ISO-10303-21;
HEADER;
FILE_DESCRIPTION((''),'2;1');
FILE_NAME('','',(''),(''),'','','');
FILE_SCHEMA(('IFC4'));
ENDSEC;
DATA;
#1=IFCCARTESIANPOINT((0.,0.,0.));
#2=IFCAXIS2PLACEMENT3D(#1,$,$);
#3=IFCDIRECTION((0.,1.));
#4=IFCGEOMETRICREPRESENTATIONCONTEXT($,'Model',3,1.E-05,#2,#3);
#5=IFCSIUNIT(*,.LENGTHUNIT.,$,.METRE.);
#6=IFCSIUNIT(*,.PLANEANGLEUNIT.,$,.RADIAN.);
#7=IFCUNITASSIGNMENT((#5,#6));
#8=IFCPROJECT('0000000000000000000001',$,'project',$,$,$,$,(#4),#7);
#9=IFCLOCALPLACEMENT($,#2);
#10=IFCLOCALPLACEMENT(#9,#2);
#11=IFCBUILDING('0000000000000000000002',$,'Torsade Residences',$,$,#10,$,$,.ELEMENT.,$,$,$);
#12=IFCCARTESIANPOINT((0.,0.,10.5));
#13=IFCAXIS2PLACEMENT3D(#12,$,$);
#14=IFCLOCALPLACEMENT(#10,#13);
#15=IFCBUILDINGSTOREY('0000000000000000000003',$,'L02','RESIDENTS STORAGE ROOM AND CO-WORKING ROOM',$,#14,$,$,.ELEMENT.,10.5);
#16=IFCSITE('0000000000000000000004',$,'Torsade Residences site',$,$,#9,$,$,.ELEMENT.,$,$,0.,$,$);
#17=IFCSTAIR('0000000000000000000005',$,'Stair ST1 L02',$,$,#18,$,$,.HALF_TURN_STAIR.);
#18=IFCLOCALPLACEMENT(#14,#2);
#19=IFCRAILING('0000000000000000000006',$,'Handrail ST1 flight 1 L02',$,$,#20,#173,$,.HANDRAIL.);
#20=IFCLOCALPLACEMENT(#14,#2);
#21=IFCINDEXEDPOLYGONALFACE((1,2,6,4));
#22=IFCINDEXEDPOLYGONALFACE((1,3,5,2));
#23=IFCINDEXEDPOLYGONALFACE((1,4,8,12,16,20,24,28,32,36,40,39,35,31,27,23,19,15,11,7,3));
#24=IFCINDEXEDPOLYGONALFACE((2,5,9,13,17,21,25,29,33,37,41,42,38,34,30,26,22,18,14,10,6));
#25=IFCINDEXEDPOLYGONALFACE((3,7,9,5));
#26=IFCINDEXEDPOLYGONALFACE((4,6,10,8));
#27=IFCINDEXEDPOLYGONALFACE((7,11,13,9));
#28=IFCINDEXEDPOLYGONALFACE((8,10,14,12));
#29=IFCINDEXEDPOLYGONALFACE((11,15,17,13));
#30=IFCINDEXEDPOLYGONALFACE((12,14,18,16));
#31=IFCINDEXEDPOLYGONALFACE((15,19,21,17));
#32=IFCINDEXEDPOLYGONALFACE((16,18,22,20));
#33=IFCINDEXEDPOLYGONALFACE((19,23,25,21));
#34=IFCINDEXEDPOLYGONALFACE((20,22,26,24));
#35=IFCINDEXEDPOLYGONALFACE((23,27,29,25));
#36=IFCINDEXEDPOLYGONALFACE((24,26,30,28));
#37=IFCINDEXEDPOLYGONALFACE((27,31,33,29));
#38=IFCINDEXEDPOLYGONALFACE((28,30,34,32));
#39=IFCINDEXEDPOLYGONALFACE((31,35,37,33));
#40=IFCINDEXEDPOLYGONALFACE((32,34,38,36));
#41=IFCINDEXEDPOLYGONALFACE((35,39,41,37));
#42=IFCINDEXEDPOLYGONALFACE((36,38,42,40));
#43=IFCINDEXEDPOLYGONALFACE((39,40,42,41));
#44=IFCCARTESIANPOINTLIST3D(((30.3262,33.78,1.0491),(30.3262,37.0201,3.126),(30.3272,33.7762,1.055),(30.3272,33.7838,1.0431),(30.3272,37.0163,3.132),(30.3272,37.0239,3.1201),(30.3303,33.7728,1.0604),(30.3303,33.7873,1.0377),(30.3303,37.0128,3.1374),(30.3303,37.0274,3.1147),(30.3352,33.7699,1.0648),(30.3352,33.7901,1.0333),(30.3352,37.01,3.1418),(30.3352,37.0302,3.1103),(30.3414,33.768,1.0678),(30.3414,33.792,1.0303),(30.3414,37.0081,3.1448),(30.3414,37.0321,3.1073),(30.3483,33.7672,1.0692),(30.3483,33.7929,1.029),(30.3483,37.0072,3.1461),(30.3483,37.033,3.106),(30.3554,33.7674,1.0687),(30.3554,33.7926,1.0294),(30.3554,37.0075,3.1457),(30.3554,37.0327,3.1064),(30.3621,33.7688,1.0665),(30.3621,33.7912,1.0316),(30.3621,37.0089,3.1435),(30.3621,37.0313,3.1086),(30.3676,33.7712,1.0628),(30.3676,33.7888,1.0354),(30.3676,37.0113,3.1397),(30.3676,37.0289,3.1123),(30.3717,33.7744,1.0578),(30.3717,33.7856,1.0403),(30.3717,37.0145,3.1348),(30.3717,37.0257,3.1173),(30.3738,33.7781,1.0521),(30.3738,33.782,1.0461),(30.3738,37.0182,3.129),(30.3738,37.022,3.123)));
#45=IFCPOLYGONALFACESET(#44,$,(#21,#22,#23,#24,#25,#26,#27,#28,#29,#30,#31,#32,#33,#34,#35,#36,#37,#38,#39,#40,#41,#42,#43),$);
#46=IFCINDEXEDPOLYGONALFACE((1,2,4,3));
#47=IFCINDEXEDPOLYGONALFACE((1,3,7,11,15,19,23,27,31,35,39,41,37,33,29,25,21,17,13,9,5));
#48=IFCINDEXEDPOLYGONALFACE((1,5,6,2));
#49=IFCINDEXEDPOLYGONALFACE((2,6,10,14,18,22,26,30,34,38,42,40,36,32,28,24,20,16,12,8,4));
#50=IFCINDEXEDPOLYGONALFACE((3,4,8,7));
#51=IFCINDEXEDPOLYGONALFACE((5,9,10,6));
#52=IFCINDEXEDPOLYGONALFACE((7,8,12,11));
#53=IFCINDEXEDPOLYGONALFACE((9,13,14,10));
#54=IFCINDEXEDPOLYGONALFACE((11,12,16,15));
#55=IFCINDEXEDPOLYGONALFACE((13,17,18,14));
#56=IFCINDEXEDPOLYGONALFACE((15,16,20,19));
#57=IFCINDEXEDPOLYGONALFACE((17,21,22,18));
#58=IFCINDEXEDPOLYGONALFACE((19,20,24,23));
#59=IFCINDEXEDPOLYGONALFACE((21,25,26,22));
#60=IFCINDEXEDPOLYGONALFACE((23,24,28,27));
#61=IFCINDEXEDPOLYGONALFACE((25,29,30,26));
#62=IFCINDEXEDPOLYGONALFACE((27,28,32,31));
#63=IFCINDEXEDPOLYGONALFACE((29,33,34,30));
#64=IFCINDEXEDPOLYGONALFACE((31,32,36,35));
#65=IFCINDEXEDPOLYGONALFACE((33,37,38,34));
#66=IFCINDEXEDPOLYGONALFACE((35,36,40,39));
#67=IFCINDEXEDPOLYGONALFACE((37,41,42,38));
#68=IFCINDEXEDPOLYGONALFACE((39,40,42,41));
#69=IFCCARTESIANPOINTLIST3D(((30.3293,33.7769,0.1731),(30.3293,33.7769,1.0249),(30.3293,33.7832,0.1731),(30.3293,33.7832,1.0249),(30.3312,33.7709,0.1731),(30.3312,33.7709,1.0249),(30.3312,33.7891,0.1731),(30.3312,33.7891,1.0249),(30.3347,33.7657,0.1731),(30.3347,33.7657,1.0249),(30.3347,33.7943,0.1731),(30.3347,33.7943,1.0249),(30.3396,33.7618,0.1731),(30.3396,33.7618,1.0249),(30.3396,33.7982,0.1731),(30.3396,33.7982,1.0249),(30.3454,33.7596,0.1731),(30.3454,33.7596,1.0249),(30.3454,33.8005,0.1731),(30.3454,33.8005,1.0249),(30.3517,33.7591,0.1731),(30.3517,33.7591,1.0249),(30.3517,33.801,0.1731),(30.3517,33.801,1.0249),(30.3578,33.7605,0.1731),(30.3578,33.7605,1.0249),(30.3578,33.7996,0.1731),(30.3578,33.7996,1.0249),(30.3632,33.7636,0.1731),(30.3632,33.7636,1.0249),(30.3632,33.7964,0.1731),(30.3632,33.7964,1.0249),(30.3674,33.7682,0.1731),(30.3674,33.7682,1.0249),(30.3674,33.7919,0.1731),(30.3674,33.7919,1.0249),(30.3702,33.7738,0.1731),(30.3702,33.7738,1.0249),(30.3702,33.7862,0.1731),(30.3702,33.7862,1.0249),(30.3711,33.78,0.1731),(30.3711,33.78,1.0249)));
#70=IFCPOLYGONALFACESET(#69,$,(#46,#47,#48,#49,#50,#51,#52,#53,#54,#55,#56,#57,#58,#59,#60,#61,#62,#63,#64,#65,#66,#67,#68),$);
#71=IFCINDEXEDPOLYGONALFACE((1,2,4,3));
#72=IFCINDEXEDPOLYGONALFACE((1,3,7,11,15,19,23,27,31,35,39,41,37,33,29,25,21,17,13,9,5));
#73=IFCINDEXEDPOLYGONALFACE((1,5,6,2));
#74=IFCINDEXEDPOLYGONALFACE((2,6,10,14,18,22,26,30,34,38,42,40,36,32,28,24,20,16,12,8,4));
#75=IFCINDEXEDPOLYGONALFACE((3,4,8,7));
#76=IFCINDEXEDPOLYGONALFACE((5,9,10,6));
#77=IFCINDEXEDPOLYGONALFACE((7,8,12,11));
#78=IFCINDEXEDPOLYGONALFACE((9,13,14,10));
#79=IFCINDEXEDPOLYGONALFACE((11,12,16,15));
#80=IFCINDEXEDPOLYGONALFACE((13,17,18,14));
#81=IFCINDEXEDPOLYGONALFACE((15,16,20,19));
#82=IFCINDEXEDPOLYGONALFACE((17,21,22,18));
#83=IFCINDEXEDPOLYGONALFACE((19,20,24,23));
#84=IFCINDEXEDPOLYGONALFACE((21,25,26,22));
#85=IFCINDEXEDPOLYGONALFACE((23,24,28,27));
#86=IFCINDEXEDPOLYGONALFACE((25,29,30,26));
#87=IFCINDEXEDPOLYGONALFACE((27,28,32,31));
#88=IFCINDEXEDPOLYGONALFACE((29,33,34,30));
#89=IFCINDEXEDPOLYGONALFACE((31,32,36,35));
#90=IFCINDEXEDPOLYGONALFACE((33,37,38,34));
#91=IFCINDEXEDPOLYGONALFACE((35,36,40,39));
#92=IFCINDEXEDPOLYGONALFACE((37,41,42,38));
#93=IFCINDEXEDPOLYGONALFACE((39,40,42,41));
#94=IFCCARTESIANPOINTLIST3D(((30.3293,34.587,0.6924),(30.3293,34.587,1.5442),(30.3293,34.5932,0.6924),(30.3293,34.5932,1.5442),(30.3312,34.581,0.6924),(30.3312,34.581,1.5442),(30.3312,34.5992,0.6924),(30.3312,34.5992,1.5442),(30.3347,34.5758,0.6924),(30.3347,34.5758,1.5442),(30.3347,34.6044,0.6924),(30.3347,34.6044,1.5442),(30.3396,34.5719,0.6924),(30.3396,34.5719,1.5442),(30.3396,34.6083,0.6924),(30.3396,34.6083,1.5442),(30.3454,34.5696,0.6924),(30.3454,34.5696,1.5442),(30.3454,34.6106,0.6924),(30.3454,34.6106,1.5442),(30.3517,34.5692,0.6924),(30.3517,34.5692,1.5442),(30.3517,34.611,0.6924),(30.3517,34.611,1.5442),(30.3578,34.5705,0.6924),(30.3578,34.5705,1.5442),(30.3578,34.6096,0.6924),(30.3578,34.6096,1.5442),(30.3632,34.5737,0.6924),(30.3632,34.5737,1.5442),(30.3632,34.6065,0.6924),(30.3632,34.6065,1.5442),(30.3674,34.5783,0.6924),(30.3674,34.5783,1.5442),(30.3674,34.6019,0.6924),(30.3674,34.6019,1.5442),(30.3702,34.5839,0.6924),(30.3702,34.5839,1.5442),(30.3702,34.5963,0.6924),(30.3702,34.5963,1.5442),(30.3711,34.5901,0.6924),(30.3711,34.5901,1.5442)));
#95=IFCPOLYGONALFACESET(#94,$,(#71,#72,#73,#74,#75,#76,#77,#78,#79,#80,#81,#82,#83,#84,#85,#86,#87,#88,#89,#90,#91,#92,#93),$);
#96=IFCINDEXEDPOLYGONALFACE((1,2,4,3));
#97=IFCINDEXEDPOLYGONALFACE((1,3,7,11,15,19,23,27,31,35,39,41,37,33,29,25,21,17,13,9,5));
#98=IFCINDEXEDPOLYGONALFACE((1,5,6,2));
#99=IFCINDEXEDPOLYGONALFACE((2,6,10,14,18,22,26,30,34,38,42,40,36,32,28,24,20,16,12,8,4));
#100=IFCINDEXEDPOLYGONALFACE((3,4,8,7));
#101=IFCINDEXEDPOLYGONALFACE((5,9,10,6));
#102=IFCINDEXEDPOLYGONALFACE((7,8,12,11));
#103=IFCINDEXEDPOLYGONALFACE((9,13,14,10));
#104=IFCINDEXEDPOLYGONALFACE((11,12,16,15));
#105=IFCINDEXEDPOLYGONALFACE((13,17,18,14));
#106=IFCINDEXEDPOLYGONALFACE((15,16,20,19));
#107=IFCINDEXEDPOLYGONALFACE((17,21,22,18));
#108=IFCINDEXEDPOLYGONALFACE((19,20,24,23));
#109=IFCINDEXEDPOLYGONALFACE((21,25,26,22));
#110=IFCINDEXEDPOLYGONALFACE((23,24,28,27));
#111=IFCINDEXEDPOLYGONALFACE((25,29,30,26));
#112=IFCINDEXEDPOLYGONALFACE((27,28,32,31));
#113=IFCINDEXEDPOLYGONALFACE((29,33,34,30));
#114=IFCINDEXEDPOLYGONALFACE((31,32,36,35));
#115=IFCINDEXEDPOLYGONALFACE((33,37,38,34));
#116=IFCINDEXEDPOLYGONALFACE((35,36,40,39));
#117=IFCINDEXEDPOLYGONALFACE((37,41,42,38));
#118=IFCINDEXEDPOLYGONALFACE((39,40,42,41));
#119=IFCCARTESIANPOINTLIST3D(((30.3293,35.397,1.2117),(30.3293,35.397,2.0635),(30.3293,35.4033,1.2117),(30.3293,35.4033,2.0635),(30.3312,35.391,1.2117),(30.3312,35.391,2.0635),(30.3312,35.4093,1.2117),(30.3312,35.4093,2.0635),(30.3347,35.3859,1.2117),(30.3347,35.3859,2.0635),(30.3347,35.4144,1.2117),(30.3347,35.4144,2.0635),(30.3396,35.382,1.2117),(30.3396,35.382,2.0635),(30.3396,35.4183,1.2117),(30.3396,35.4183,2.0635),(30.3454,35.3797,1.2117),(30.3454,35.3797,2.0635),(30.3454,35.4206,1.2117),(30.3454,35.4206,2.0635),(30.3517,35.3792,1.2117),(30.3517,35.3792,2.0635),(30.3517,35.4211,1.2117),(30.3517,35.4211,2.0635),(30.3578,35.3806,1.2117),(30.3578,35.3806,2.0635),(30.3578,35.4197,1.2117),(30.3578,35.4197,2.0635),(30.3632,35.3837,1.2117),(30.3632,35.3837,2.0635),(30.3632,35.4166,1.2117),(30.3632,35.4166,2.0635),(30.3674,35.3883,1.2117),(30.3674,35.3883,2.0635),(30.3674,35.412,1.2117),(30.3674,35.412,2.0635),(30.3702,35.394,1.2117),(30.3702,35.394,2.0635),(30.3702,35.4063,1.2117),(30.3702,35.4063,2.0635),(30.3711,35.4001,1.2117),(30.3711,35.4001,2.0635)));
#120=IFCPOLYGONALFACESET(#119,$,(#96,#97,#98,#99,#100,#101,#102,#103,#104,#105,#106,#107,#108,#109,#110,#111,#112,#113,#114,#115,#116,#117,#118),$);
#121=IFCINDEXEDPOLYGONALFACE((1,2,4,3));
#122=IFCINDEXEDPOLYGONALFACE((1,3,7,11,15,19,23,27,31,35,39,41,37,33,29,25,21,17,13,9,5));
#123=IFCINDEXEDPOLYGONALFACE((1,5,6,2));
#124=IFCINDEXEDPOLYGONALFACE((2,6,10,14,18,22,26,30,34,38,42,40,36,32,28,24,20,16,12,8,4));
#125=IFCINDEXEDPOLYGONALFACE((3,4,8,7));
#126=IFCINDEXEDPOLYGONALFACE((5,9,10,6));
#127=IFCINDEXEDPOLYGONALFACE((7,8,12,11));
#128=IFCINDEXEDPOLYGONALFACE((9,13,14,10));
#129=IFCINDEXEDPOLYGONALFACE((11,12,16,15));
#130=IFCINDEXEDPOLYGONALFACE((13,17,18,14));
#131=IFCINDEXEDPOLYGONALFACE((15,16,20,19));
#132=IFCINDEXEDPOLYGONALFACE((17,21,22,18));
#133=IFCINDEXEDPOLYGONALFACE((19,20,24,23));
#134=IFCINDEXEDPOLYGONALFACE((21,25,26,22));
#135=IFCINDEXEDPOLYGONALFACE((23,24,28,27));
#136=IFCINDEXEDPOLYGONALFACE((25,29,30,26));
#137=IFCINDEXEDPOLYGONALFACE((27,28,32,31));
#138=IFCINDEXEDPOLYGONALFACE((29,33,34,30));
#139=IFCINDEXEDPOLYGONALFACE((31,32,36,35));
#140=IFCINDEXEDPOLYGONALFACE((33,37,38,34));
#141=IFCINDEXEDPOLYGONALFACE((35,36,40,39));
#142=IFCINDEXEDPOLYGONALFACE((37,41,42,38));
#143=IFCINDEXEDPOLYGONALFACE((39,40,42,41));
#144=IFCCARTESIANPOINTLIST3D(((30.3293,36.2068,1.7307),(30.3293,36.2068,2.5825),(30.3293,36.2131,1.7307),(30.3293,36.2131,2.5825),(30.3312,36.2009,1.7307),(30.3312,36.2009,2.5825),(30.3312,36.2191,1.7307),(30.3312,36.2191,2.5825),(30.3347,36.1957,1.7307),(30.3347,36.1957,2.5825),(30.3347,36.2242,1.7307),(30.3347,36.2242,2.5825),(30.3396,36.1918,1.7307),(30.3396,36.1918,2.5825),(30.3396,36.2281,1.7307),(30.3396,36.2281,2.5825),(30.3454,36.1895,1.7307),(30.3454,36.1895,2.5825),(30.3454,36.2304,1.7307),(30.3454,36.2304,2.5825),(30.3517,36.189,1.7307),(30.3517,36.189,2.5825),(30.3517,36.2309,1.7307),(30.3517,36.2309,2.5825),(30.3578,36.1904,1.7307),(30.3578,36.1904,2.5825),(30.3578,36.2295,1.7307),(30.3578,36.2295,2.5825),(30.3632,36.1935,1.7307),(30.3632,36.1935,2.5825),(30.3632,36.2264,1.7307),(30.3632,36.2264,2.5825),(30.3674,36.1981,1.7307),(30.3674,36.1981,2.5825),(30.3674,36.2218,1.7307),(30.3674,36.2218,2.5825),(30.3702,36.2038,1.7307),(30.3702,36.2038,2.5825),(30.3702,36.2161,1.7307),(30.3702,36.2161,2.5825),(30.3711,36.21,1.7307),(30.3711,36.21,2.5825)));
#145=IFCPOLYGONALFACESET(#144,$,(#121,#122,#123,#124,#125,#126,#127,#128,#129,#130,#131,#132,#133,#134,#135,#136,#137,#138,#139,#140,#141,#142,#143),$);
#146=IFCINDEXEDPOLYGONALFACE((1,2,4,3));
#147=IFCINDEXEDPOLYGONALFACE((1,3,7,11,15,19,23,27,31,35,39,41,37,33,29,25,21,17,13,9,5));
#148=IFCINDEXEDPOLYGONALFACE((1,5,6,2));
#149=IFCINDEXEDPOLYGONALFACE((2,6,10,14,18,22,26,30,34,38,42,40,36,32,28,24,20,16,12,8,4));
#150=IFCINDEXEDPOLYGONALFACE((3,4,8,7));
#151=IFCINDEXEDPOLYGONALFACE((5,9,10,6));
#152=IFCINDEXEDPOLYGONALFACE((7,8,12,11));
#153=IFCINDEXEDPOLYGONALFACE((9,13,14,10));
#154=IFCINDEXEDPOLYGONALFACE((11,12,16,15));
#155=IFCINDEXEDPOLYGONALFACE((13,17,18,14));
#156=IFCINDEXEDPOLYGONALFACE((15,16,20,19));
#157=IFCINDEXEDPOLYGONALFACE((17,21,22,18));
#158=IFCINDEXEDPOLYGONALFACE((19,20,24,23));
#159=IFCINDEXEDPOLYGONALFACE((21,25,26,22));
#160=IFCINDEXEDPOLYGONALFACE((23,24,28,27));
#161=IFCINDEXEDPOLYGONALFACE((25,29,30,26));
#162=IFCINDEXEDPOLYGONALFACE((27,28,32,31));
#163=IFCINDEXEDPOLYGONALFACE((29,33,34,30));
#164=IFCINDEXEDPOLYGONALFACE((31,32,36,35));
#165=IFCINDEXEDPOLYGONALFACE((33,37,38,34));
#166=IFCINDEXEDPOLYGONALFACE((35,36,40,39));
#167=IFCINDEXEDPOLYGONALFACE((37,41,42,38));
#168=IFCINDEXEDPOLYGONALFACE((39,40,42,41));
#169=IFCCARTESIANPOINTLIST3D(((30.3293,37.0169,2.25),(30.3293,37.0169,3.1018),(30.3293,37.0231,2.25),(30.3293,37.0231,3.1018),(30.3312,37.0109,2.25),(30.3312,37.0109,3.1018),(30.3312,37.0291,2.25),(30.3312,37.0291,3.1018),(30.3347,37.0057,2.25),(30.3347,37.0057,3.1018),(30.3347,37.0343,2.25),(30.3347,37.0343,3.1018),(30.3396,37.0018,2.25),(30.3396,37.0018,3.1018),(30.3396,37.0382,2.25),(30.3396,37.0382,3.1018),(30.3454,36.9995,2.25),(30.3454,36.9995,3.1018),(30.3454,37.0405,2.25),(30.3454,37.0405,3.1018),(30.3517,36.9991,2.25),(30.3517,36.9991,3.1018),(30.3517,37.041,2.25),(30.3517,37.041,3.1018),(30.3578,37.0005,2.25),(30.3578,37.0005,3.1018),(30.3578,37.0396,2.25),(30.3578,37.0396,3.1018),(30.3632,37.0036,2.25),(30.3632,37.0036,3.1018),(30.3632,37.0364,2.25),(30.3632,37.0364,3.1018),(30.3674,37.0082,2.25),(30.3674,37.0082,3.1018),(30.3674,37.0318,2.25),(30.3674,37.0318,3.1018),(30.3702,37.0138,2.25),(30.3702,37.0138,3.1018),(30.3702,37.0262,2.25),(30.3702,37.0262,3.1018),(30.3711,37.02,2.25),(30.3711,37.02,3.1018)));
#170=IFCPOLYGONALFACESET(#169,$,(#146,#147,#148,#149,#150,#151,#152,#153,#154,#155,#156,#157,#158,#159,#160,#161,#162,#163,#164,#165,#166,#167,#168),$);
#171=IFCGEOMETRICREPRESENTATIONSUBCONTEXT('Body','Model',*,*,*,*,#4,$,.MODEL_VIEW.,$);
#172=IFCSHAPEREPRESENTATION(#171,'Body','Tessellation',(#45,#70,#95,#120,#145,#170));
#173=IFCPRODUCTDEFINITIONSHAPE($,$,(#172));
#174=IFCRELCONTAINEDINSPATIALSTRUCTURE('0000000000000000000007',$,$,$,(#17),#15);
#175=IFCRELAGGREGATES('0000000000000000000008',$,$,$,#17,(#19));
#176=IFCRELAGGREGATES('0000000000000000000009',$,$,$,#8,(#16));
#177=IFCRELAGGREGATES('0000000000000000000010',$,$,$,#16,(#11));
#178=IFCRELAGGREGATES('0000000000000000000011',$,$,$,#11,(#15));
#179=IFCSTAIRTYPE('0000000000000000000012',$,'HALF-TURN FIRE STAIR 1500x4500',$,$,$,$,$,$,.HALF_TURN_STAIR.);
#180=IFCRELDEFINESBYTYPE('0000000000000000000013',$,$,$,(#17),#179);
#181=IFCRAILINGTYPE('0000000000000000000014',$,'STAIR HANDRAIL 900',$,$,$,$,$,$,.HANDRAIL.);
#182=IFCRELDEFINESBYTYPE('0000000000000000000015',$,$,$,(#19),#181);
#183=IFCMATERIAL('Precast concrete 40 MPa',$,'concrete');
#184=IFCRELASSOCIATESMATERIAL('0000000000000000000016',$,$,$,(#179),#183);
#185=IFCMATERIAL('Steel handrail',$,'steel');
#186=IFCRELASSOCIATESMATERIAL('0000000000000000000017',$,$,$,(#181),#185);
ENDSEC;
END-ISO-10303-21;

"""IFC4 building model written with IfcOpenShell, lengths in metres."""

from ifc_helpers import new_model, si_unit, direction, frame, origin, origin_2d, place, context, subcontext, project, spatial, circle, extrude, material, type_object, element, aggregate, save


model = new_model("IFC4")

# Units and contexts
model_context = context("Model", 3, precision=1e-05, world=origin(), true_north=direction((0.0, 1.0)))
body_context = subcontext(model_context, "Body", "Model", "MODEL_VIEW")
ifc_project = project(units=[si_unit("LENGTHUNIT", "METRE"), si_unit("PLANEANGLEUNIT", "RADIAN")], contexts=[model_context])

# Site, building, storey
site_placement = place(None, origin())
site = spatial("IfcSite", under=ifc_project, at=site_placement, Name="Torsade Residences site", CompositionType="ELEMENT", RefElevation=0.0)
building_placement = place(site_placement, origin())
building = spatial("IfcBuilding", under=site, at=building_placement, Name="Torsade Residences", CompositionType="ELEMENT")
storey_placement = place(building_placement, frame((0.0, 0.0, 10.5)))
storey = spatial("IfcBuildingStorey", under=building, at=storey_placement, Name="L02", Description="RESIDENTS STORAGE ROOM AND CO-WORKING ROOM", CompositionType="ELEMENT", Elevation=10.5)

# Stair, railing
ifc_material_1 = material(Name="Precast concrete 40 MPa", Category="concrete")
stair_type = type_object("IfcStairType", Name="HALF-TURN FIRE STAIR 1500x4500", PredefinedType="HALF_TURN_STAIR", material=ifc_material_1)
stair_placement = place(storey_placement, origin())
stair = element("IfcStair", 1, at=stair_placement, inside=storey, type_object=stair_type, Name="Stair ST1 L02", PredefinedType="HALF_TURN_STAIR")
ifc_material_2 = material(Name="Steel handrail", Category="steel")
railing_type = type_object("IfcRailingType", Name="STAIR HANDRAIL 900", PredefinedType="HANDRAIL", material=ifc_material_2)
railing_1_placement = place(storey_placement, frame((30.3501, 33.78, 0.1731)))
railing_1 = element("IfcRailing", 2, at=railing_1_placement, type_object=railing_type, Name="Handrail ST1 flight 1 L02", PredefinedType="HANDRAIL", context=body_context, shape_type="SweptSolid", body=[
    extrude(circle(Radius=0.0239, at=origin_2d()), frame((0.0, 0.0, 0.876), z_axis=(0.0, 0.841881, 0.539664), x_axis=(-1.0, 0.0, 0.0)), (0.0, 0.0, 1.0), 3.8486),
    extrude(circle(Radius=0.021, at=origin_2d()), origin(), (0.0, 0.0, 1.0), 0.8518),
    extrude(circle(Radius=0.021, at=origin_2d()), frame((0.0, 0.8101, 0.5193)), (0.0, 0.0, 1.0), 0.8518),
    extrude(circle(Radius=0.021, at=origin_2d()), frame((0.0, 1.6201, 1.0386)), (0.0, 0.0, 1.0), 0.8518),
    extrude(circle(Radius=0.021, at=origin_2d()), frame((0.0, 2.4299, 1.5576)), (0.0, 0.0, 1.0), 0.8518),
    extrude(circle(Radius=0.021, at=origin_2d()), frame((0.0, 3.24, 2.0769)), (0.0, 0.0, 1.0), 0.8518),
])
aggregate(stair, [railing_1])

save(model, "model.ifc")
